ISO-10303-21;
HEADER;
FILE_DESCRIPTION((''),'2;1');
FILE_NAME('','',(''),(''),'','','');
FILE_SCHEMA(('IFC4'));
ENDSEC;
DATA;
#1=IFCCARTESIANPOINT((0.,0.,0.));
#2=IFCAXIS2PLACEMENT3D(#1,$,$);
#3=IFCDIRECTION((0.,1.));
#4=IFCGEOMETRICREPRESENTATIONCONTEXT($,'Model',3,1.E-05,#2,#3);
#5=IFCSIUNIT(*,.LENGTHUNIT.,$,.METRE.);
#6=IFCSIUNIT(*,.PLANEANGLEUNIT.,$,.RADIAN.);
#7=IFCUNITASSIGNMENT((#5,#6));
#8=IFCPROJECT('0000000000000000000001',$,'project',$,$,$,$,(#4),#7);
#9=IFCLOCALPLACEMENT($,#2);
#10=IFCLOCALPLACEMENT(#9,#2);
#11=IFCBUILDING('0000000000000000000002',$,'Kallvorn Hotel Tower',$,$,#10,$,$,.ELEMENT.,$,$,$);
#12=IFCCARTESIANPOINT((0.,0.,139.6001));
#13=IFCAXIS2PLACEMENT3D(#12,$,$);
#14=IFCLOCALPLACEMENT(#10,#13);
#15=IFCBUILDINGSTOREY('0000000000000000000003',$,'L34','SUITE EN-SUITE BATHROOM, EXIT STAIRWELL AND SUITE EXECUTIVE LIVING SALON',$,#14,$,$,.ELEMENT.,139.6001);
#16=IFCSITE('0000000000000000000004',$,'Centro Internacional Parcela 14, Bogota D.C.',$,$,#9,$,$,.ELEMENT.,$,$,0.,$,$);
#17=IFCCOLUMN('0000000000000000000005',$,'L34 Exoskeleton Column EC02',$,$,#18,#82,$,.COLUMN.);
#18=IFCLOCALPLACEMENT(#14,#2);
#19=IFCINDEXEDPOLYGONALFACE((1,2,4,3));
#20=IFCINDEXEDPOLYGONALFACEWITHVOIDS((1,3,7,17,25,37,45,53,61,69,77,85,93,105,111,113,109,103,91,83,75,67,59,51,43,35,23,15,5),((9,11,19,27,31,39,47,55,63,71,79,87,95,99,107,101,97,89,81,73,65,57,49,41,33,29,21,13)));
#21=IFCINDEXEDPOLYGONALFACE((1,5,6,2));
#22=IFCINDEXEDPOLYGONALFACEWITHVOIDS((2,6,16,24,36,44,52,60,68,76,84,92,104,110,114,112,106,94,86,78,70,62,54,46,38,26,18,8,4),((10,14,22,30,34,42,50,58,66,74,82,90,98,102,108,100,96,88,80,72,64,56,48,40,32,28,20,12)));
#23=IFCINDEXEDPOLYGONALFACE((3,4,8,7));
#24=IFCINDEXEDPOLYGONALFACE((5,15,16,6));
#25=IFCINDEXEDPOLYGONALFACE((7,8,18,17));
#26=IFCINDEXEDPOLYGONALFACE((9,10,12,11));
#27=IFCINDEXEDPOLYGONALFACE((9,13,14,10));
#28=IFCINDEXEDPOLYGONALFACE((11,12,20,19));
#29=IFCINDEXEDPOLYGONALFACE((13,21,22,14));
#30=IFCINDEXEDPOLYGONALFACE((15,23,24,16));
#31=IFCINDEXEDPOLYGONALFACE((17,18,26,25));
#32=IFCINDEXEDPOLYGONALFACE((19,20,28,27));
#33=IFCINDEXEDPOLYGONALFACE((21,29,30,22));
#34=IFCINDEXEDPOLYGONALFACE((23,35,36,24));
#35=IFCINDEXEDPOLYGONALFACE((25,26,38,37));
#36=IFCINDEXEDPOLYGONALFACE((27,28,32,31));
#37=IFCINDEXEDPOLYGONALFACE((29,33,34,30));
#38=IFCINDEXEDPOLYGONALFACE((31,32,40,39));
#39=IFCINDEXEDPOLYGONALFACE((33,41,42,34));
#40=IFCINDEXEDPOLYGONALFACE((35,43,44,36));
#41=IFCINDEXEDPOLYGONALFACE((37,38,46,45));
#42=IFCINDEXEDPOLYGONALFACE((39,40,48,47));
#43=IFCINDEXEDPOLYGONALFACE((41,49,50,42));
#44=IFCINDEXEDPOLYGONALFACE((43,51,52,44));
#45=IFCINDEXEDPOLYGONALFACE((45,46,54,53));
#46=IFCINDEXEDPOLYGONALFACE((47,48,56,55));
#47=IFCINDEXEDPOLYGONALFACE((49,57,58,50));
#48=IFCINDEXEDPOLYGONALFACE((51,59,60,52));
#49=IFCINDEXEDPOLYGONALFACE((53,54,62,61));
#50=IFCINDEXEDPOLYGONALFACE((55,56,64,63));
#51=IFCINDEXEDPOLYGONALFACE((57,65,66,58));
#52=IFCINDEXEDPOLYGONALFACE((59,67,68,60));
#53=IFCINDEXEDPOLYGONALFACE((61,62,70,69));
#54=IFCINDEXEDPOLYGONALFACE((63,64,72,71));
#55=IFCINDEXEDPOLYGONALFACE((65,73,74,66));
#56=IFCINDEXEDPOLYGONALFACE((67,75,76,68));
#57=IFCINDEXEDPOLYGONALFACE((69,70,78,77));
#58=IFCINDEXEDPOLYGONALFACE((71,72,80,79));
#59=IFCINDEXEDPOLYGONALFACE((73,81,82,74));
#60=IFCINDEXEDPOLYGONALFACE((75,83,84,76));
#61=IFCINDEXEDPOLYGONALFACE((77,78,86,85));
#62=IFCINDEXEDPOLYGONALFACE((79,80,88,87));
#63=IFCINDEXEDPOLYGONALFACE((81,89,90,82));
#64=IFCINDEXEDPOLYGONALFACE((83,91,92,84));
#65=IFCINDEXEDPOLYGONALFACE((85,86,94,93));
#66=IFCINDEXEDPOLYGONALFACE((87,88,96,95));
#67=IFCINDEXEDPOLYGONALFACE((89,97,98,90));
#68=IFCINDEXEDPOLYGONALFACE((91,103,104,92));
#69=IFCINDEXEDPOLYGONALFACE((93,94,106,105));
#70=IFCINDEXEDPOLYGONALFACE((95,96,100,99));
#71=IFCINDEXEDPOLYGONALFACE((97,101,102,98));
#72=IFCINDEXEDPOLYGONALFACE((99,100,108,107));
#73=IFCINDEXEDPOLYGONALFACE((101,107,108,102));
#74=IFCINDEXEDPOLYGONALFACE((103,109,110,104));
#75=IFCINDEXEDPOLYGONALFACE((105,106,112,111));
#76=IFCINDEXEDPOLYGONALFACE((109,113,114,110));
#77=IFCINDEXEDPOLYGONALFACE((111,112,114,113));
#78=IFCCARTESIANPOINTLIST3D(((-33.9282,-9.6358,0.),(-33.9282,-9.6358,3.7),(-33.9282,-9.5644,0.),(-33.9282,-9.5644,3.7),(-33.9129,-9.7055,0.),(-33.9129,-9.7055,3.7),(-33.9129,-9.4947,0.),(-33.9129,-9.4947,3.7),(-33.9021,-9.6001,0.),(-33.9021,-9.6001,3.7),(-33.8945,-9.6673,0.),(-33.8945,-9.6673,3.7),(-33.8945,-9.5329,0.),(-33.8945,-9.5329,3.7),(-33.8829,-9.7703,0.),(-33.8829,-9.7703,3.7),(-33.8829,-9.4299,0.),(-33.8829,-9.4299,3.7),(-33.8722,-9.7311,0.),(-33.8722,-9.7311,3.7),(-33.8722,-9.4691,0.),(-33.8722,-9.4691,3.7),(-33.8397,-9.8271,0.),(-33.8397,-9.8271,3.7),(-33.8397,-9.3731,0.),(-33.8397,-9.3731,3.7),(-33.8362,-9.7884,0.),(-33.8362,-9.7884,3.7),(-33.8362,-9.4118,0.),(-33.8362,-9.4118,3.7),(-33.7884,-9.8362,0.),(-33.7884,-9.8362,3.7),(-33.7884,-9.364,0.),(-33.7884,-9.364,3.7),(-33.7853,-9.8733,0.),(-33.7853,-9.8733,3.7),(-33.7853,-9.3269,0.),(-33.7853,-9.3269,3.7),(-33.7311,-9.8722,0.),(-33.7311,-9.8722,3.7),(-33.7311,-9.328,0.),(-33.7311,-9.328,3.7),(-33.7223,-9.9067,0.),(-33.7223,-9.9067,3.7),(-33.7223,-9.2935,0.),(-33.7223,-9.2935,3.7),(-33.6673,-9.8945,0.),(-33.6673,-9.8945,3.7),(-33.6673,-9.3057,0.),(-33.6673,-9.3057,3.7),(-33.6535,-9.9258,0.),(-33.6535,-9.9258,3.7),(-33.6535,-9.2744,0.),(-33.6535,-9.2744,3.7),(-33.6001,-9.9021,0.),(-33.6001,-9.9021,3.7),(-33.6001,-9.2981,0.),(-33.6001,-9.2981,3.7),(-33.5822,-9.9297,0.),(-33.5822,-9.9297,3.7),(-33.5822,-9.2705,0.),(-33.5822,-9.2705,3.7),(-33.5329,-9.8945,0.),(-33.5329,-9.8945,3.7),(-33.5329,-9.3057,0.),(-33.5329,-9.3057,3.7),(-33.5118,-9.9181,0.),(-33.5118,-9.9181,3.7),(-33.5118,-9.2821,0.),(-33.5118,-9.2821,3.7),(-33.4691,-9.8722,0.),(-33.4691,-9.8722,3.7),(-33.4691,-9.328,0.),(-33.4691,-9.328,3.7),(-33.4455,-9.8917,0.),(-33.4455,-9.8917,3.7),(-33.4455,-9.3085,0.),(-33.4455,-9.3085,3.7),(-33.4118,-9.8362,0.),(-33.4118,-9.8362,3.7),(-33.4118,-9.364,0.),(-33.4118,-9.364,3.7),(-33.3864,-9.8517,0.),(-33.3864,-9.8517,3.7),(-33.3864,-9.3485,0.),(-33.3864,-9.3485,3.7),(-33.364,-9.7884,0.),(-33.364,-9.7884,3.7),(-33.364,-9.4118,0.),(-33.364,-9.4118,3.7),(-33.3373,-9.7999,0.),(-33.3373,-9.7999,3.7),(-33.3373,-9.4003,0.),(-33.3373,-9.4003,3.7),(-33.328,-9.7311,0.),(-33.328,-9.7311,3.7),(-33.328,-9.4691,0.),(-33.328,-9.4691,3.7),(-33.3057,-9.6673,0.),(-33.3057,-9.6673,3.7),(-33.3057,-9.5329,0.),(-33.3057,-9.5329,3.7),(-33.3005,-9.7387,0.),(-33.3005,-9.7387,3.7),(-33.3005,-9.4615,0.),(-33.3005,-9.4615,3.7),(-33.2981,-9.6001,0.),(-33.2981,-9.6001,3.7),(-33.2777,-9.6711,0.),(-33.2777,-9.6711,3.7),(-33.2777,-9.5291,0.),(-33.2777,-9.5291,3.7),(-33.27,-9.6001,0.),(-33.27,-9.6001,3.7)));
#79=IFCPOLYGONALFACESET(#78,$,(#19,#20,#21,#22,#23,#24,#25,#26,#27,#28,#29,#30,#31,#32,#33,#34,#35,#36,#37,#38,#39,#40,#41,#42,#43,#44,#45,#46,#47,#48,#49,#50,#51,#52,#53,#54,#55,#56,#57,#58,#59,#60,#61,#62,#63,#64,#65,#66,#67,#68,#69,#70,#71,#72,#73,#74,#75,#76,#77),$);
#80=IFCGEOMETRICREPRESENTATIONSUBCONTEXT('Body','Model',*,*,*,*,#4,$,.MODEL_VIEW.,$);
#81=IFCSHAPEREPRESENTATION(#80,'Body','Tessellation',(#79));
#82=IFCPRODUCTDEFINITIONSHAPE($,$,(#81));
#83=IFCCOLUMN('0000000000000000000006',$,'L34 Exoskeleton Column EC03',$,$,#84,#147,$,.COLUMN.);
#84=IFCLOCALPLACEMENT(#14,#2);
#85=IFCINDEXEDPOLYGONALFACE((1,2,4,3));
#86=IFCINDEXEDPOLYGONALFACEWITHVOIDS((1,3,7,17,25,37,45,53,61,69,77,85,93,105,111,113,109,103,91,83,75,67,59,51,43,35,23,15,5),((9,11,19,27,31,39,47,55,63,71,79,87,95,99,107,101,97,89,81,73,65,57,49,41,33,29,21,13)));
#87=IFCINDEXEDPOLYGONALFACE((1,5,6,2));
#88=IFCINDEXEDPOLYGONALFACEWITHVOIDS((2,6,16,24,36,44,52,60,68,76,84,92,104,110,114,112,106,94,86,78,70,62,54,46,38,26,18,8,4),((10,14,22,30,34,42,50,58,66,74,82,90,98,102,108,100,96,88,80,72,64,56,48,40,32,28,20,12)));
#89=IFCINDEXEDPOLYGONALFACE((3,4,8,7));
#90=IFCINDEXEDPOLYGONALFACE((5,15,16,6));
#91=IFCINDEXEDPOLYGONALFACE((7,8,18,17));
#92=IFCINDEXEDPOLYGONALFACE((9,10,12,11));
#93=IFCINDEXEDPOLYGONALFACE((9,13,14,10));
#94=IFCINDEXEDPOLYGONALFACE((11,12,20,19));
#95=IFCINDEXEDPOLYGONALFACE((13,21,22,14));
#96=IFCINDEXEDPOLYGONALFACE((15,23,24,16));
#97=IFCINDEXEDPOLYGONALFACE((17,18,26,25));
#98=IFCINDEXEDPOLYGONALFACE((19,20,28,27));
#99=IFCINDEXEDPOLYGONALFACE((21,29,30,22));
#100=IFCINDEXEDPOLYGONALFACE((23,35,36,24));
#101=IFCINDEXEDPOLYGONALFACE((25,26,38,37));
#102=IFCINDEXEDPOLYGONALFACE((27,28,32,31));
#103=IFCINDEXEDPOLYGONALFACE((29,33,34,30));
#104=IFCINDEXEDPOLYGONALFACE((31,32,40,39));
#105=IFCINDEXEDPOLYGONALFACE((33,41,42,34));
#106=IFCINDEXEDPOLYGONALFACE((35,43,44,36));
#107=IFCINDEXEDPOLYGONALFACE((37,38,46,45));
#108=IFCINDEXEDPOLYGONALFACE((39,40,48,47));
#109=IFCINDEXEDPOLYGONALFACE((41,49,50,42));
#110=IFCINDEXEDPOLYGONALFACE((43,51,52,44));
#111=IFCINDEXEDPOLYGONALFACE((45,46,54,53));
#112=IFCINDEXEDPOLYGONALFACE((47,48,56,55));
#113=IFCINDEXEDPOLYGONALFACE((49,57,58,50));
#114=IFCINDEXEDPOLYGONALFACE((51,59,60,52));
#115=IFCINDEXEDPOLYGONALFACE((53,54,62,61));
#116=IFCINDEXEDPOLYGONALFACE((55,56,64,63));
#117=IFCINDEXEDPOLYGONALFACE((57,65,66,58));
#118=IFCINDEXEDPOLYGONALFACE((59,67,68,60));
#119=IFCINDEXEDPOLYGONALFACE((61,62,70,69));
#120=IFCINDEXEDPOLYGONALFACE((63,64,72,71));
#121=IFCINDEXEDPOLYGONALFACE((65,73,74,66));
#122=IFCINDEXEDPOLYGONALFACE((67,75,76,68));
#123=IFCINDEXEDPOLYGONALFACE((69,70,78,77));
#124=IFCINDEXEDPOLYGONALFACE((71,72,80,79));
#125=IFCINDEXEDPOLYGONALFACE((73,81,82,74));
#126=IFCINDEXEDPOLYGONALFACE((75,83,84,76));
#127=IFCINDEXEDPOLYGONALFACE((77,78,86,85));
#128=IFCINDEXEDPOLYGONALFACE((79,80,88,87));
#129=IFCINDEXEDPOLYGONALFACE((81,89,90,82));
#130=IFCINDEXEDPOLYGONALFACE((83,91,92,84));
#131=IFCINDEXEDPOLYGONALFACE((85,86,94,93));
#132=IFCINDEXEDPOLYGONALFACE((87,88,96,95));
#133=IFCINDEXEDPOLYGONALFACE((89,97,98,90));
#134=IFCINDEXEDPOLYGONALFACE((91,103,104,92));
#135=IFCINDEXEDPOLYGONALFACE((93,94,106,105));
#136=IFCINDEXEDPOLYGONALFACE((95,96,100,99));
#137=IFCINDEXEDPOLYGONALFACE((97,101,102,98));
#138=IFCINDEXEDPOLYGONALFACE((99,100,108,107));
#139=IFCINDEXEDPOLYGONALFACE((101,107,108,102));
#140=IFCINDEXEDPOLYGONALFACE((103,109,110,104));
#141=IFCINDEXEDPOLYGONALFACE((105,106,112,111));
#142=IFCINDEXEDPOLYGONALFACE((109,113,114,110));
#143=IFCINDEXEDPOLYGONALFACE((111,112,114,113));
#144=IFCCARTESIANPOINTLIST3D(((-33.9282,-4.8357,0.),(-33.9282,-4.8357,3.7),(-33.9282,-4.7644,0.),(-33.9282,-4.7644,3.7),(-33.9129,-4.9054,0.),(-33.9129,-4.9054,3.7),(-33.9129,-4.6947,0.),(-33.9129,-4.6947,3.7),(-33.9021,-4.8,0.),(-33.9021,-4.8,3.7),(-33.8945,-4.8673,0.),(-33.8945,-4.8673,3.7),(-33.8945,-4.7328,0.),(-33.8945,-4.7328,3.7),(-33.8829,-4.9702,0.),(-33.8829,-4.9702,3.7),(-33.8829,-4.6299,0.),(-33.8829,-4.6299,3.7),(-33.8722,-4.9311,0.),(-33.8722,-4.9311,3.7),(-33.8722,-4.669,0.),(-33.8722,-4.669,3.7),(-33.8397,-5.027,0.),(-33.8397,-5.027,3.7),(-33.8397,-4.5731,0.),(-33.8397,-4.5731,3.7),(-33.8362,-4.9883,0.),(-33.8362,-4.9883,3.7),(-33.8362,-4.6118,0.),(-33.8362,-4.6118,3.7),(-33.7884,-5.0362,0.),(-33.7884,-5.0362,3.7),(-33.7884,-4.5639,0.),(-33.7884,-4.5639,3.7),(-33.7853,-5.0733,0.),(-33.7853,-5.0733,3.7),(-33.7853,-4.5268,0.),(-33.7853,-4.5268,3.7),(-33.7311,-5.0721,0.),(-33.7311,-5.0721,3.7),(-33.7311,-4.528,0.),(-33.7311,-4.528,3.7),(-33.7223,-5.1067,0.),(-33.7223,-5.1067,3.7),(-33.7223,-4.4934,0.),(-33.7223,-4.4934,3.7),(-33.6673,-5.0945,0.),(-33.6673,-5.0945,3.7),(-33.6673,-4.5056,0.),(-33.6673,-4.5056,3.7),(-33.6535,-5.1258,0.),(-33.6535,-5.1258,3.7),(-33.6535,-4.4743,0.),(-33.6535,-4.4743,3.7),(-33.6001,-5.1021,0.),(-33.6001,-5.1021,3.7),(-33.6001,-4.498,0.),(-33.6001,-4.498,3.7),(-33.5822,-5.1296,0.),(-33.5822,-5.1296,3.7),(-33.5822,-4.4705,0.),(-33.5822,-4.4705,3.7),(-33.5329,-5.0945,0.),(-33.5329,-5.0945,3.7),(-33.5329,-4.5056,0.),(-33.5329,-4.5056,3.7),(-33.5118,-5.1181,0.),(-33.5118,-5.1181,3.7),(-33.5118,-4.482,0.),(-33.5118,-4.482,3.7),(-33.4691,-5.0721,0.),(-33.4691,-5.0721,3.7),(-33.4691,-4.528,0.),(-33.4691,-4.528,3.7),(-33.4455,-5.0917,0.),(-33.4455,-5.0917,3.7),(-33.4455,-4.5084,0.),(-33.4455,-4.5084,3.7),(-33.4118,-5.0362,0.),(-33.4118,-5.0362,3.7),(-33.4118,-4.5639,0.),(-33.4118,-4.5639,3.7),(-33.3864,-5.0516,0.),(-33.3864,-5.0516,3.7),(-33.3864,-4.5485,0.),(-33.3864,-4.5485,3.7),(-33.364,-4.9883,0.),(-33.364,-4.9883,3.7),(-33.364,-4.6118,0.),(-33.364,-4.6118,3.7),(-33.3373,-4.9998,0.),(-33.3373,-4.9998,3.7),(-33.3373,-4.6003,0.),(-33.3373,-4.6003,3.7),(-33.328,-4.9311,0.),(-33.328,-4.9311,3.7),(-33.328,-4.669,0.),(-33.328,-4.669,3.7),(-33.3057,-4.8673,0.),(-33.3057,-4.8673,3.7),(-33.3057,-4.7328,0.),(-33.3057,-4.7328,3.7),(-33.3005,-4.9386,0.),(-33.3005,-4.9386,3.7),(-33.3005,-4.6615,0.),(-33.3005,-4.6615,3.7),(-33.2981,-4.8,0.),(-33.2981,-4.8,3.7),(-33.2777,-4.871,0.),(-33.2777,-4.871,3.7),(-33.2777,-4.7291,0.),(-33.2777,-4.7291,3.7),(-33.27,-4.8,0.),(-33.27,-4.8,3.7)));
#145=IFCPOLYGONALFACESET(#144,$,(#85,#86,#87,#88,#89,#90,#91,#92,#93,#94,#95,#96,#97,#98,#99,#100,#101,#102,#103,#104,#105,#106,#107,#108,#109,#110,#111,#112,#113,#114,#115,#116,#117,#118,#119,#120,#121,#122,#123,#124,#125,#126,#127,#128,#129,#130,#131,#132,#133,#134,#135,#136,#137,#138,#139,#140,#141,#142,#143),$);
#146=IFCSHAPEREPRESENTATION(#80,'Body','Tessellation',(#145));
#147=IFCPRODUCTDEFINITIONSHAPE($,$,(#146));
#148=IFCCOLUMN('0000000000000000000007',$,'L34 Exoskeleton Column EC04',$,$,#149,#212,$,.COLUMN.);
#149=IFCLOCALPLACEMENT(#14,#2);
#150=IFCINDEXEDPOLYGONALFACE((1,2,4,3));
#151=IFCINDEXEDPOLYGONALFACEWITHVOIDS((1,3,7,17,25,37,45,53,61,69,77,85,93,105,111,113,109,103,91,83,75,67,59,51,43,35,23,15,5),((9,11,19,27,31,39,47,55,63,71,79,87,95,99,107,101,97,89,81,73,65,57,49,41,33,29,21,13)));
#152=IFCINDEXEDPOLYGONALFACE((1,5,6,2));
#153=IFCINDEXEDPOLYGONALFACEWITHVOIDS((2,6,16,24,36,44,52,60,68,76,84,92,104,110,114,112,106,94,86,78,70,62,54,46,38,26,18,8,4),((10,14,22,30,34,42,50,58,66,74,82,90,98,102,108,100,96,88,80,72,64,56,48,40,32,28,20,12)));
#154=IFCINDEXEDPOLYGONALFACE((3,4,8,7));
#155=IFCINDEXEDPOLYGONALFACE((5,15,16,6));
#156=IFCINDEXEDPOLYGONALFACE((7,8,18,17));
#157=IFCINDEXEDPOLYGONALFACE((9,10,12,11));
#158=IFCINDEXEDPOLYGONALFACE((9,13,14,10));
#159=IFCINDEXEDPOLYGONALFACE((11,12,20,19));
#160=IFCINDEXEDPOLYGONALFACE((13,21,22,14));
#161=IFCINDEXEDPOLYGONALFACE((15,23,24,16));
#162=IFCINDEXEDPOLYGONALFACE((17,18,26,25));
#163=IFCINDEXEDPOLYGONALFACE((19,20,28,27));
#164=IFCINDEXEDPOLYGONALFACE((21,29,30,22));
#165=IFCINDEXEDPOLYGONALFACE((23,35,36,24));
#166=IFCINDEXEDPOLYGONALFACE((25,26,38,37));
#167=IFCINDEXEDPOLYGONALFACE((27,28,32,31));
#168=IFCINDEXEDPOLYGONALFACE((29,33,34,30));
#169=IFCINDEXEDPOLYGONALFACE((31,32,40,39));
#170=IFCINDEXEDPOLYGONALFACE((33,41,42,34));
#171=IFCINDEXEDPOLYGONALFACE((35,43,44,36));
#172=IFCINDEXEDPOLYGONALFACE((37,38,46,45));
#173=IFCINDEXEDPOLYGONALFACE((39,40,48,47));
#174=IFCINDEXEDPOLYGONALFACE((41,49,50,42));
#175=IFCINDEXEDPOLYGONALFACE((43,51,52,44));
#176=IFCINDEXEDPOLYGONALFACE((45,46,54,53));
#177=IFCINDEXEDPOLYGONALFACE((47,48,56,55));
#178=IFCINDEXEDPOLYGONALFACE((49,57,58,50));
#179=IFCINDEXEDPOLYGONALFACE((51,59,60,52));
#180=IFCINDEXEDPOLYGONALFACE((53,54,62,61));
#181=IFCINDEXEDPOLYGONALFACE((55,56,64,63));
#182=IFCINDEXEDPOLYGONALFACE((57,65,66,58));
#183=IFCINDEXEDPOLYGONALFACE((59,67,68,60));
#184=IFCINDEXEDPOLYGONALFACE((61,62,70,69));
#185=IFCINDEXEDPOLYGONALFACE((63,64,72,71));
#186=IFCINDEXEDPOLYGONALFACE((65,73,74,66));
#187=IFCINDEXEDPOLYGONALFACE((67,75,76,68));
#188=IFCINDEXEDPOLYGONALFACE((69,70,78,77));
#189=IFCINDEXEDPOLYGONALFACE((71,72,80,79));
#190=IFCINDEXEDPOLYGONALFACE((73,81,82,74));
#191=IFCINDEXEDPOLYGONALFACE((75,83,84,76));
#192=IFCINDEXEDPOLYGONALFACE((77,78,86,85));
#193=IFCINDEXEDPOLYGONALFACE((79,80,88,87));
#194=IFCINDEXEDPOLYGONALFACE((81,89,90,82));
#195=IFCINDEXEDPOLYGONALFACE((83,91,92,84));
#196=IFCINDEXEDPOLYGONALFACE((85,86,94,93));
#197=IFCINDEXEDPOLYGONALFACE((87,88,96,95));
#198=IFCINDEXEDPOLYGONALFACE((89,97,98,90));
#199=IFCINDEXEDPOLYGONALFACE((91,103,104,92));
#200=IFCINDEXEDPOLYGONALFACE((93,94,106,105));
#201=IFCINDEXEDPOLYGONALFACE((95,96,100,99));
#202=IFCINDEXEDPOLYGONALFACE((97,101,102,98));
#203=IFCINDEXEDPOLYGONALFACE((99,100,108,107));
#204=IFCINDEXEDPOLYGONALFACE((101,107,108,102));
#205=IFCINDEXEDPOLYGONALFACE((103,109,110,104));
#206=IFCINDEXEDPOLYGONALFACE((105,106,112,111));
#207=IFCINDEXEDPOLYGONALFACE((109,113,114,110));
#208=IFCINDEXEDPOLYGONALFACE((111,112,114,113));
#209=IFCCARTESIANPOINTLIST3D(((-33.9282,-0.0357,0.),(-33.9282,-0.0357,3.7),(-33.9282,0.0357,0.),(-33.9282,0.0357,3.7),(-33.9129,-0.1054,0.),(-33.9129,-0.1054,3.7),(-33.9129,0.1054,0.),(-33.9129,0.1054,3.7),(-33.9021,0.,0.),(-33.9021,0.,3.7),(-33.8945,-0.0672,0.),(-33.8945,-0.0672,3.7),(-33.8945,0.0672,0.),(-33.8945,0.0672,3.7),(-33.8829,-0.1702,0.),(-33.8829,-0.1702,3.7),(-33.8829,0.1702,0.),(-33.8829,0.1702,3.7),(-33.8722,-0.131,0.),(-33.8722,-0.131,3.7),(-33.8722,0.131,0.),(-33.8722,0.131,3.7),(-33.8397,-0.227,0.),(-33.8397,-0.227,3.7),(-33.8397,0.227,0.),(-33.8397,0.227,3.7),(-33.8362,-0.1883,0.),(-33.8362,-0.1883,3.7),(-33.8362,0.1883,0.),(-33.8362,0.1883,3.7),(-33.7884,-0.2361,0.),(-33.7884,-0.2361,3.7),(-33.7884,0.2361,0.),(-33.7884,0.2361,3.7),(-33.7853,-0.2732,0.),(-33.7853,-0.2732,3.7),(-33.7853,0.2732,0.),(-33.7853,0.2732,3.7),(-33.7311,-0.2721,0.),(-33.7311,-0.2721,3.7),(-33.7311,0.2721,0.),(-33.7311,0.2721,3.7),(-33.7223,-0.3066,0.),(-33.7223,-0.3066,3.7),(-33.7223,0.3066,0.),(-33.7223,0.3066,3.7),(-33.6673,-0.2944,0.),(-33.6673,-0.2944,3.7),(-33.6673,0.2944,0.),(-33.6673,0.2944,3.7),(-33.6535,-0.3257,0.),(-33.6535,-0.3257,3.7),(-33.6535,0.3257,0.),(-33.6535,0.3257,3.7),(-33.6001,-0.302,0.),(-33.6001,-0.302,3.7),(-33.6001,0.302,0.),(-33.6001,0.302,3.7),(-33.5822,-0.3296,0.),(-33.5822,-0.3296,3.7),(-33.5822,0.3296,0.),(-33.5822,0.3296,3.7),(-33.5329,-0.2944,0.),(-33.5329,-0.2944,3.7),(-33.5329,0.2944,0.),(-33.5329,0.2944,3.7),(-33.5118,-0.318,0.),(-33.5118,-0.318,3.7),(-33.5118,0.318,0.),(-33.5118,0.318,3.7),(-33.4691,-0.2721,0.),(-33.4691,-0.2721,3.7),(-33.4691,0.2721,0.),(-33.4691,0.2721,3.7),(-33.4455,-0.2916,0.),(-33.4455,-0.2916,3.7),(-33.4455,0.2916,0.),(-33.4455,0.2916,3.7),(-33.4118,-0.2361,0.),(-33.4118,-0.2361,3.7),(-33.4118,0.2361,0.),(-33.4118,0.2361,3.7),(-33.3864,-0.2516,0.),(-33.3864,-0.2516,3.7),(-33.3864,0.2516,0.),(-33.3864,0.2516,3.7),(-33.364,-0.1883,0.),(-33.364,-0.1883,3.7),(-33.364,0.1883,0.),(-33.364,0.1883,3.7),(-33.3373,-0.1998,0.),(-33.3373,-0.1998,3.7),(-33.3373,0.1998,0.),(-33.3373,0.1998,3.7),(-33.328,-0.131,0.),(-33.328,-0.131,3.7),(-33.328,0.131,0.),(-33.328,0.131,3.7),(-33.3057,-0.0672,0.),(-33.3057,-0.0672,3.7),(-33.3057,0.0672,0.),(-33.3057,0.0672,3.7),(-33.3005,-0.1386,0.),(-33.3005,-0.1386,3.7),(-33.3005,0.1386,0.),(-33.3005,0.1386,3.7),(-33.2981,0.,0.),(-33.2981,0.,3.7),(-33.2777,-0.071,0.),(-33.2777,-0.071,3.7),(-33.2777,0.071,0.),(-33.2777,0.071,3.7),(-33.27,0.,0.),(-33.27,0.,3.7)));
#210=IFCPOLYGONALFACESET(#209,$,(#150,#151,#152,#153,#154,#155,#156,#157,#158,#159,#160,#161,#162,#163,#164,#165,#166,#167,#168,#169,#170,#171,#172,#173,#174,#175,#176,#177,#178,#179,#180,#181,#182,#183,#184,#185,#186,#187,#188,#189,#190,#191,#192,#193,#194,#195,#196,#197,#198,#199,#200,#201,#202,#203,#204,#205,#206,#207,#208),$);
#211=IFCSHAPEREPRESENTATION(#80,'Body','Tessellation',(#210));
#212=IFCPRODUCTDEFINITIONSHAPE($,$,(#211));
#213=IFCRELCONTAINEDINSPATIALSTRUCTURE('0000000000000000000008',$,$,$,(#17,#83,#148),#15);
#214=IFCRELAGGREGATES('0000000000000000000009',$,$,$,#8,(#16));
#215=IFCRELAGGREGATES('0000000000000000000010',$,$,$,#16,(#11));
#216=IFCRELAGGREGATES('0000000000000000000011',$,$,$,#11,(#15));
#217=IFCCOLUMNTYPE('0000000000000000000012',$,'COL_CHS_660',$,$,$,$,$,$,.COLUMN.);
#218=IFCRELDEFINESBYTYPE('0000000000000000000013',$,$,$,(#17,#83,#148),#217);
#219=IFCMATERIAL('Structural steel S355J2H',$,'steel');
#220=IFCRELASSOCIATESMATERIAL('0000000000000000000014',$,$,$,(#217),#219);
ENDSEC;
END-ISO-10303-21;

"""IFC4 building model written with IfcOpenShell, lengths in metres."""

from ifc_helpers import new_model, si_unit, direction, frame, origin, origin_2d, place, context, subcontext, project, spatial, hollow_circle, extrude, material, material_profile, profile_set, type_object, element, save


model = new_model("IFC4")

# Units and contexts
model_context = context("Model", 3, precision=1e-05, world=origin(), true_north=direction((0.0, 1.0)))
body_context = subcontext(model_context, "Body", "Model", "MODEL_VIEW")
ifc_project = project(units=[si_unit("LENGTHUNIT", "METRE"), si_unit("PLANEANGLEUNIT", "RADIAN")], contexts=[model_context])

# Site, building, storey
site_placement = place(None, origin())
site = spatial("IfcSite", under=ifc_project, at=site_placement, Name="Centro Internacional Parcela 14, Bogota D.C.", CompositionType="ELEMENT", RefElevation=0.0)
building_placement = place(site_placement, origin())
building = spatial("IfcBuilding", under=site, at=building_placement, Name="Kallvorn Hotel Tower", CompositionType="ELEMENT")
storey_placement = place(building_placement, frame((0.0, 0.0, 139.6001)))
storey = spatial("IfcBuildingStorey", under=building, at=storey_placement, Name="L34", Description="SUITE EN-SUITE BATHROOM, EXIT STAIRWELL AND SUITE EXECUTIVE LIVING SALON", CompositionType="ELEMENT", Elevation=139.6001)

# Columns
ifc_material_1 = material(Name="Structural steel S355J2H", Category="steel")
ifc_material_profile_1 = material_profile(ifc_material_1, hollow_circle(Radius=0.3301, WallThickness=0.0281, at=origin_2d()), Name="CHS 660x28")
ifc_profile_set_1 = profile_set([ifc_material_profile_1], Name="Structural steel S355J2H")
column_type_1 = type_object("IfcColumnType", Name="COL_CHS_660", PredefinedType="COLUMN", material=ifc_profile_set_1)
for number, where, z_axis, x_axis, name in (
    (1, (-33.6001, -9.6001, 0.0), (0.0, 0.0, 1.0), (1.0, 0.0, 0.0), "L34 Exoskeleton Column EC02"),
    (2, (-33.6001, -4.8, 0.0), (0.0, 0.0, 1.0), (1.0, 0.0, 0.0), "L34 Exoskeleton Column EC03"),
    (3, (-33.6001, 0.0, 0.0), (0.0, 0.0, 1.0), (1.0, 0.0, 0.0), "L34 Exoskeleton Column EC04"),
):
    element("IfcColumn", number, at=place(storey_placement, frame(where, z_axis=z_axis, x_axis=x_axis)), inside=storey, type_object=column_type_1, Name=name, PredefinedType="COLUMN", context=body_context, shape_type="SweptSolid", body=[
        extrude(hollow_circle(Radius=0.3301, WallThickness=0.0281, at=origin_2d()), origin(), (0.0, 0.0, 1.0), 3.7),
    ])

save(model, "model.ifc")
